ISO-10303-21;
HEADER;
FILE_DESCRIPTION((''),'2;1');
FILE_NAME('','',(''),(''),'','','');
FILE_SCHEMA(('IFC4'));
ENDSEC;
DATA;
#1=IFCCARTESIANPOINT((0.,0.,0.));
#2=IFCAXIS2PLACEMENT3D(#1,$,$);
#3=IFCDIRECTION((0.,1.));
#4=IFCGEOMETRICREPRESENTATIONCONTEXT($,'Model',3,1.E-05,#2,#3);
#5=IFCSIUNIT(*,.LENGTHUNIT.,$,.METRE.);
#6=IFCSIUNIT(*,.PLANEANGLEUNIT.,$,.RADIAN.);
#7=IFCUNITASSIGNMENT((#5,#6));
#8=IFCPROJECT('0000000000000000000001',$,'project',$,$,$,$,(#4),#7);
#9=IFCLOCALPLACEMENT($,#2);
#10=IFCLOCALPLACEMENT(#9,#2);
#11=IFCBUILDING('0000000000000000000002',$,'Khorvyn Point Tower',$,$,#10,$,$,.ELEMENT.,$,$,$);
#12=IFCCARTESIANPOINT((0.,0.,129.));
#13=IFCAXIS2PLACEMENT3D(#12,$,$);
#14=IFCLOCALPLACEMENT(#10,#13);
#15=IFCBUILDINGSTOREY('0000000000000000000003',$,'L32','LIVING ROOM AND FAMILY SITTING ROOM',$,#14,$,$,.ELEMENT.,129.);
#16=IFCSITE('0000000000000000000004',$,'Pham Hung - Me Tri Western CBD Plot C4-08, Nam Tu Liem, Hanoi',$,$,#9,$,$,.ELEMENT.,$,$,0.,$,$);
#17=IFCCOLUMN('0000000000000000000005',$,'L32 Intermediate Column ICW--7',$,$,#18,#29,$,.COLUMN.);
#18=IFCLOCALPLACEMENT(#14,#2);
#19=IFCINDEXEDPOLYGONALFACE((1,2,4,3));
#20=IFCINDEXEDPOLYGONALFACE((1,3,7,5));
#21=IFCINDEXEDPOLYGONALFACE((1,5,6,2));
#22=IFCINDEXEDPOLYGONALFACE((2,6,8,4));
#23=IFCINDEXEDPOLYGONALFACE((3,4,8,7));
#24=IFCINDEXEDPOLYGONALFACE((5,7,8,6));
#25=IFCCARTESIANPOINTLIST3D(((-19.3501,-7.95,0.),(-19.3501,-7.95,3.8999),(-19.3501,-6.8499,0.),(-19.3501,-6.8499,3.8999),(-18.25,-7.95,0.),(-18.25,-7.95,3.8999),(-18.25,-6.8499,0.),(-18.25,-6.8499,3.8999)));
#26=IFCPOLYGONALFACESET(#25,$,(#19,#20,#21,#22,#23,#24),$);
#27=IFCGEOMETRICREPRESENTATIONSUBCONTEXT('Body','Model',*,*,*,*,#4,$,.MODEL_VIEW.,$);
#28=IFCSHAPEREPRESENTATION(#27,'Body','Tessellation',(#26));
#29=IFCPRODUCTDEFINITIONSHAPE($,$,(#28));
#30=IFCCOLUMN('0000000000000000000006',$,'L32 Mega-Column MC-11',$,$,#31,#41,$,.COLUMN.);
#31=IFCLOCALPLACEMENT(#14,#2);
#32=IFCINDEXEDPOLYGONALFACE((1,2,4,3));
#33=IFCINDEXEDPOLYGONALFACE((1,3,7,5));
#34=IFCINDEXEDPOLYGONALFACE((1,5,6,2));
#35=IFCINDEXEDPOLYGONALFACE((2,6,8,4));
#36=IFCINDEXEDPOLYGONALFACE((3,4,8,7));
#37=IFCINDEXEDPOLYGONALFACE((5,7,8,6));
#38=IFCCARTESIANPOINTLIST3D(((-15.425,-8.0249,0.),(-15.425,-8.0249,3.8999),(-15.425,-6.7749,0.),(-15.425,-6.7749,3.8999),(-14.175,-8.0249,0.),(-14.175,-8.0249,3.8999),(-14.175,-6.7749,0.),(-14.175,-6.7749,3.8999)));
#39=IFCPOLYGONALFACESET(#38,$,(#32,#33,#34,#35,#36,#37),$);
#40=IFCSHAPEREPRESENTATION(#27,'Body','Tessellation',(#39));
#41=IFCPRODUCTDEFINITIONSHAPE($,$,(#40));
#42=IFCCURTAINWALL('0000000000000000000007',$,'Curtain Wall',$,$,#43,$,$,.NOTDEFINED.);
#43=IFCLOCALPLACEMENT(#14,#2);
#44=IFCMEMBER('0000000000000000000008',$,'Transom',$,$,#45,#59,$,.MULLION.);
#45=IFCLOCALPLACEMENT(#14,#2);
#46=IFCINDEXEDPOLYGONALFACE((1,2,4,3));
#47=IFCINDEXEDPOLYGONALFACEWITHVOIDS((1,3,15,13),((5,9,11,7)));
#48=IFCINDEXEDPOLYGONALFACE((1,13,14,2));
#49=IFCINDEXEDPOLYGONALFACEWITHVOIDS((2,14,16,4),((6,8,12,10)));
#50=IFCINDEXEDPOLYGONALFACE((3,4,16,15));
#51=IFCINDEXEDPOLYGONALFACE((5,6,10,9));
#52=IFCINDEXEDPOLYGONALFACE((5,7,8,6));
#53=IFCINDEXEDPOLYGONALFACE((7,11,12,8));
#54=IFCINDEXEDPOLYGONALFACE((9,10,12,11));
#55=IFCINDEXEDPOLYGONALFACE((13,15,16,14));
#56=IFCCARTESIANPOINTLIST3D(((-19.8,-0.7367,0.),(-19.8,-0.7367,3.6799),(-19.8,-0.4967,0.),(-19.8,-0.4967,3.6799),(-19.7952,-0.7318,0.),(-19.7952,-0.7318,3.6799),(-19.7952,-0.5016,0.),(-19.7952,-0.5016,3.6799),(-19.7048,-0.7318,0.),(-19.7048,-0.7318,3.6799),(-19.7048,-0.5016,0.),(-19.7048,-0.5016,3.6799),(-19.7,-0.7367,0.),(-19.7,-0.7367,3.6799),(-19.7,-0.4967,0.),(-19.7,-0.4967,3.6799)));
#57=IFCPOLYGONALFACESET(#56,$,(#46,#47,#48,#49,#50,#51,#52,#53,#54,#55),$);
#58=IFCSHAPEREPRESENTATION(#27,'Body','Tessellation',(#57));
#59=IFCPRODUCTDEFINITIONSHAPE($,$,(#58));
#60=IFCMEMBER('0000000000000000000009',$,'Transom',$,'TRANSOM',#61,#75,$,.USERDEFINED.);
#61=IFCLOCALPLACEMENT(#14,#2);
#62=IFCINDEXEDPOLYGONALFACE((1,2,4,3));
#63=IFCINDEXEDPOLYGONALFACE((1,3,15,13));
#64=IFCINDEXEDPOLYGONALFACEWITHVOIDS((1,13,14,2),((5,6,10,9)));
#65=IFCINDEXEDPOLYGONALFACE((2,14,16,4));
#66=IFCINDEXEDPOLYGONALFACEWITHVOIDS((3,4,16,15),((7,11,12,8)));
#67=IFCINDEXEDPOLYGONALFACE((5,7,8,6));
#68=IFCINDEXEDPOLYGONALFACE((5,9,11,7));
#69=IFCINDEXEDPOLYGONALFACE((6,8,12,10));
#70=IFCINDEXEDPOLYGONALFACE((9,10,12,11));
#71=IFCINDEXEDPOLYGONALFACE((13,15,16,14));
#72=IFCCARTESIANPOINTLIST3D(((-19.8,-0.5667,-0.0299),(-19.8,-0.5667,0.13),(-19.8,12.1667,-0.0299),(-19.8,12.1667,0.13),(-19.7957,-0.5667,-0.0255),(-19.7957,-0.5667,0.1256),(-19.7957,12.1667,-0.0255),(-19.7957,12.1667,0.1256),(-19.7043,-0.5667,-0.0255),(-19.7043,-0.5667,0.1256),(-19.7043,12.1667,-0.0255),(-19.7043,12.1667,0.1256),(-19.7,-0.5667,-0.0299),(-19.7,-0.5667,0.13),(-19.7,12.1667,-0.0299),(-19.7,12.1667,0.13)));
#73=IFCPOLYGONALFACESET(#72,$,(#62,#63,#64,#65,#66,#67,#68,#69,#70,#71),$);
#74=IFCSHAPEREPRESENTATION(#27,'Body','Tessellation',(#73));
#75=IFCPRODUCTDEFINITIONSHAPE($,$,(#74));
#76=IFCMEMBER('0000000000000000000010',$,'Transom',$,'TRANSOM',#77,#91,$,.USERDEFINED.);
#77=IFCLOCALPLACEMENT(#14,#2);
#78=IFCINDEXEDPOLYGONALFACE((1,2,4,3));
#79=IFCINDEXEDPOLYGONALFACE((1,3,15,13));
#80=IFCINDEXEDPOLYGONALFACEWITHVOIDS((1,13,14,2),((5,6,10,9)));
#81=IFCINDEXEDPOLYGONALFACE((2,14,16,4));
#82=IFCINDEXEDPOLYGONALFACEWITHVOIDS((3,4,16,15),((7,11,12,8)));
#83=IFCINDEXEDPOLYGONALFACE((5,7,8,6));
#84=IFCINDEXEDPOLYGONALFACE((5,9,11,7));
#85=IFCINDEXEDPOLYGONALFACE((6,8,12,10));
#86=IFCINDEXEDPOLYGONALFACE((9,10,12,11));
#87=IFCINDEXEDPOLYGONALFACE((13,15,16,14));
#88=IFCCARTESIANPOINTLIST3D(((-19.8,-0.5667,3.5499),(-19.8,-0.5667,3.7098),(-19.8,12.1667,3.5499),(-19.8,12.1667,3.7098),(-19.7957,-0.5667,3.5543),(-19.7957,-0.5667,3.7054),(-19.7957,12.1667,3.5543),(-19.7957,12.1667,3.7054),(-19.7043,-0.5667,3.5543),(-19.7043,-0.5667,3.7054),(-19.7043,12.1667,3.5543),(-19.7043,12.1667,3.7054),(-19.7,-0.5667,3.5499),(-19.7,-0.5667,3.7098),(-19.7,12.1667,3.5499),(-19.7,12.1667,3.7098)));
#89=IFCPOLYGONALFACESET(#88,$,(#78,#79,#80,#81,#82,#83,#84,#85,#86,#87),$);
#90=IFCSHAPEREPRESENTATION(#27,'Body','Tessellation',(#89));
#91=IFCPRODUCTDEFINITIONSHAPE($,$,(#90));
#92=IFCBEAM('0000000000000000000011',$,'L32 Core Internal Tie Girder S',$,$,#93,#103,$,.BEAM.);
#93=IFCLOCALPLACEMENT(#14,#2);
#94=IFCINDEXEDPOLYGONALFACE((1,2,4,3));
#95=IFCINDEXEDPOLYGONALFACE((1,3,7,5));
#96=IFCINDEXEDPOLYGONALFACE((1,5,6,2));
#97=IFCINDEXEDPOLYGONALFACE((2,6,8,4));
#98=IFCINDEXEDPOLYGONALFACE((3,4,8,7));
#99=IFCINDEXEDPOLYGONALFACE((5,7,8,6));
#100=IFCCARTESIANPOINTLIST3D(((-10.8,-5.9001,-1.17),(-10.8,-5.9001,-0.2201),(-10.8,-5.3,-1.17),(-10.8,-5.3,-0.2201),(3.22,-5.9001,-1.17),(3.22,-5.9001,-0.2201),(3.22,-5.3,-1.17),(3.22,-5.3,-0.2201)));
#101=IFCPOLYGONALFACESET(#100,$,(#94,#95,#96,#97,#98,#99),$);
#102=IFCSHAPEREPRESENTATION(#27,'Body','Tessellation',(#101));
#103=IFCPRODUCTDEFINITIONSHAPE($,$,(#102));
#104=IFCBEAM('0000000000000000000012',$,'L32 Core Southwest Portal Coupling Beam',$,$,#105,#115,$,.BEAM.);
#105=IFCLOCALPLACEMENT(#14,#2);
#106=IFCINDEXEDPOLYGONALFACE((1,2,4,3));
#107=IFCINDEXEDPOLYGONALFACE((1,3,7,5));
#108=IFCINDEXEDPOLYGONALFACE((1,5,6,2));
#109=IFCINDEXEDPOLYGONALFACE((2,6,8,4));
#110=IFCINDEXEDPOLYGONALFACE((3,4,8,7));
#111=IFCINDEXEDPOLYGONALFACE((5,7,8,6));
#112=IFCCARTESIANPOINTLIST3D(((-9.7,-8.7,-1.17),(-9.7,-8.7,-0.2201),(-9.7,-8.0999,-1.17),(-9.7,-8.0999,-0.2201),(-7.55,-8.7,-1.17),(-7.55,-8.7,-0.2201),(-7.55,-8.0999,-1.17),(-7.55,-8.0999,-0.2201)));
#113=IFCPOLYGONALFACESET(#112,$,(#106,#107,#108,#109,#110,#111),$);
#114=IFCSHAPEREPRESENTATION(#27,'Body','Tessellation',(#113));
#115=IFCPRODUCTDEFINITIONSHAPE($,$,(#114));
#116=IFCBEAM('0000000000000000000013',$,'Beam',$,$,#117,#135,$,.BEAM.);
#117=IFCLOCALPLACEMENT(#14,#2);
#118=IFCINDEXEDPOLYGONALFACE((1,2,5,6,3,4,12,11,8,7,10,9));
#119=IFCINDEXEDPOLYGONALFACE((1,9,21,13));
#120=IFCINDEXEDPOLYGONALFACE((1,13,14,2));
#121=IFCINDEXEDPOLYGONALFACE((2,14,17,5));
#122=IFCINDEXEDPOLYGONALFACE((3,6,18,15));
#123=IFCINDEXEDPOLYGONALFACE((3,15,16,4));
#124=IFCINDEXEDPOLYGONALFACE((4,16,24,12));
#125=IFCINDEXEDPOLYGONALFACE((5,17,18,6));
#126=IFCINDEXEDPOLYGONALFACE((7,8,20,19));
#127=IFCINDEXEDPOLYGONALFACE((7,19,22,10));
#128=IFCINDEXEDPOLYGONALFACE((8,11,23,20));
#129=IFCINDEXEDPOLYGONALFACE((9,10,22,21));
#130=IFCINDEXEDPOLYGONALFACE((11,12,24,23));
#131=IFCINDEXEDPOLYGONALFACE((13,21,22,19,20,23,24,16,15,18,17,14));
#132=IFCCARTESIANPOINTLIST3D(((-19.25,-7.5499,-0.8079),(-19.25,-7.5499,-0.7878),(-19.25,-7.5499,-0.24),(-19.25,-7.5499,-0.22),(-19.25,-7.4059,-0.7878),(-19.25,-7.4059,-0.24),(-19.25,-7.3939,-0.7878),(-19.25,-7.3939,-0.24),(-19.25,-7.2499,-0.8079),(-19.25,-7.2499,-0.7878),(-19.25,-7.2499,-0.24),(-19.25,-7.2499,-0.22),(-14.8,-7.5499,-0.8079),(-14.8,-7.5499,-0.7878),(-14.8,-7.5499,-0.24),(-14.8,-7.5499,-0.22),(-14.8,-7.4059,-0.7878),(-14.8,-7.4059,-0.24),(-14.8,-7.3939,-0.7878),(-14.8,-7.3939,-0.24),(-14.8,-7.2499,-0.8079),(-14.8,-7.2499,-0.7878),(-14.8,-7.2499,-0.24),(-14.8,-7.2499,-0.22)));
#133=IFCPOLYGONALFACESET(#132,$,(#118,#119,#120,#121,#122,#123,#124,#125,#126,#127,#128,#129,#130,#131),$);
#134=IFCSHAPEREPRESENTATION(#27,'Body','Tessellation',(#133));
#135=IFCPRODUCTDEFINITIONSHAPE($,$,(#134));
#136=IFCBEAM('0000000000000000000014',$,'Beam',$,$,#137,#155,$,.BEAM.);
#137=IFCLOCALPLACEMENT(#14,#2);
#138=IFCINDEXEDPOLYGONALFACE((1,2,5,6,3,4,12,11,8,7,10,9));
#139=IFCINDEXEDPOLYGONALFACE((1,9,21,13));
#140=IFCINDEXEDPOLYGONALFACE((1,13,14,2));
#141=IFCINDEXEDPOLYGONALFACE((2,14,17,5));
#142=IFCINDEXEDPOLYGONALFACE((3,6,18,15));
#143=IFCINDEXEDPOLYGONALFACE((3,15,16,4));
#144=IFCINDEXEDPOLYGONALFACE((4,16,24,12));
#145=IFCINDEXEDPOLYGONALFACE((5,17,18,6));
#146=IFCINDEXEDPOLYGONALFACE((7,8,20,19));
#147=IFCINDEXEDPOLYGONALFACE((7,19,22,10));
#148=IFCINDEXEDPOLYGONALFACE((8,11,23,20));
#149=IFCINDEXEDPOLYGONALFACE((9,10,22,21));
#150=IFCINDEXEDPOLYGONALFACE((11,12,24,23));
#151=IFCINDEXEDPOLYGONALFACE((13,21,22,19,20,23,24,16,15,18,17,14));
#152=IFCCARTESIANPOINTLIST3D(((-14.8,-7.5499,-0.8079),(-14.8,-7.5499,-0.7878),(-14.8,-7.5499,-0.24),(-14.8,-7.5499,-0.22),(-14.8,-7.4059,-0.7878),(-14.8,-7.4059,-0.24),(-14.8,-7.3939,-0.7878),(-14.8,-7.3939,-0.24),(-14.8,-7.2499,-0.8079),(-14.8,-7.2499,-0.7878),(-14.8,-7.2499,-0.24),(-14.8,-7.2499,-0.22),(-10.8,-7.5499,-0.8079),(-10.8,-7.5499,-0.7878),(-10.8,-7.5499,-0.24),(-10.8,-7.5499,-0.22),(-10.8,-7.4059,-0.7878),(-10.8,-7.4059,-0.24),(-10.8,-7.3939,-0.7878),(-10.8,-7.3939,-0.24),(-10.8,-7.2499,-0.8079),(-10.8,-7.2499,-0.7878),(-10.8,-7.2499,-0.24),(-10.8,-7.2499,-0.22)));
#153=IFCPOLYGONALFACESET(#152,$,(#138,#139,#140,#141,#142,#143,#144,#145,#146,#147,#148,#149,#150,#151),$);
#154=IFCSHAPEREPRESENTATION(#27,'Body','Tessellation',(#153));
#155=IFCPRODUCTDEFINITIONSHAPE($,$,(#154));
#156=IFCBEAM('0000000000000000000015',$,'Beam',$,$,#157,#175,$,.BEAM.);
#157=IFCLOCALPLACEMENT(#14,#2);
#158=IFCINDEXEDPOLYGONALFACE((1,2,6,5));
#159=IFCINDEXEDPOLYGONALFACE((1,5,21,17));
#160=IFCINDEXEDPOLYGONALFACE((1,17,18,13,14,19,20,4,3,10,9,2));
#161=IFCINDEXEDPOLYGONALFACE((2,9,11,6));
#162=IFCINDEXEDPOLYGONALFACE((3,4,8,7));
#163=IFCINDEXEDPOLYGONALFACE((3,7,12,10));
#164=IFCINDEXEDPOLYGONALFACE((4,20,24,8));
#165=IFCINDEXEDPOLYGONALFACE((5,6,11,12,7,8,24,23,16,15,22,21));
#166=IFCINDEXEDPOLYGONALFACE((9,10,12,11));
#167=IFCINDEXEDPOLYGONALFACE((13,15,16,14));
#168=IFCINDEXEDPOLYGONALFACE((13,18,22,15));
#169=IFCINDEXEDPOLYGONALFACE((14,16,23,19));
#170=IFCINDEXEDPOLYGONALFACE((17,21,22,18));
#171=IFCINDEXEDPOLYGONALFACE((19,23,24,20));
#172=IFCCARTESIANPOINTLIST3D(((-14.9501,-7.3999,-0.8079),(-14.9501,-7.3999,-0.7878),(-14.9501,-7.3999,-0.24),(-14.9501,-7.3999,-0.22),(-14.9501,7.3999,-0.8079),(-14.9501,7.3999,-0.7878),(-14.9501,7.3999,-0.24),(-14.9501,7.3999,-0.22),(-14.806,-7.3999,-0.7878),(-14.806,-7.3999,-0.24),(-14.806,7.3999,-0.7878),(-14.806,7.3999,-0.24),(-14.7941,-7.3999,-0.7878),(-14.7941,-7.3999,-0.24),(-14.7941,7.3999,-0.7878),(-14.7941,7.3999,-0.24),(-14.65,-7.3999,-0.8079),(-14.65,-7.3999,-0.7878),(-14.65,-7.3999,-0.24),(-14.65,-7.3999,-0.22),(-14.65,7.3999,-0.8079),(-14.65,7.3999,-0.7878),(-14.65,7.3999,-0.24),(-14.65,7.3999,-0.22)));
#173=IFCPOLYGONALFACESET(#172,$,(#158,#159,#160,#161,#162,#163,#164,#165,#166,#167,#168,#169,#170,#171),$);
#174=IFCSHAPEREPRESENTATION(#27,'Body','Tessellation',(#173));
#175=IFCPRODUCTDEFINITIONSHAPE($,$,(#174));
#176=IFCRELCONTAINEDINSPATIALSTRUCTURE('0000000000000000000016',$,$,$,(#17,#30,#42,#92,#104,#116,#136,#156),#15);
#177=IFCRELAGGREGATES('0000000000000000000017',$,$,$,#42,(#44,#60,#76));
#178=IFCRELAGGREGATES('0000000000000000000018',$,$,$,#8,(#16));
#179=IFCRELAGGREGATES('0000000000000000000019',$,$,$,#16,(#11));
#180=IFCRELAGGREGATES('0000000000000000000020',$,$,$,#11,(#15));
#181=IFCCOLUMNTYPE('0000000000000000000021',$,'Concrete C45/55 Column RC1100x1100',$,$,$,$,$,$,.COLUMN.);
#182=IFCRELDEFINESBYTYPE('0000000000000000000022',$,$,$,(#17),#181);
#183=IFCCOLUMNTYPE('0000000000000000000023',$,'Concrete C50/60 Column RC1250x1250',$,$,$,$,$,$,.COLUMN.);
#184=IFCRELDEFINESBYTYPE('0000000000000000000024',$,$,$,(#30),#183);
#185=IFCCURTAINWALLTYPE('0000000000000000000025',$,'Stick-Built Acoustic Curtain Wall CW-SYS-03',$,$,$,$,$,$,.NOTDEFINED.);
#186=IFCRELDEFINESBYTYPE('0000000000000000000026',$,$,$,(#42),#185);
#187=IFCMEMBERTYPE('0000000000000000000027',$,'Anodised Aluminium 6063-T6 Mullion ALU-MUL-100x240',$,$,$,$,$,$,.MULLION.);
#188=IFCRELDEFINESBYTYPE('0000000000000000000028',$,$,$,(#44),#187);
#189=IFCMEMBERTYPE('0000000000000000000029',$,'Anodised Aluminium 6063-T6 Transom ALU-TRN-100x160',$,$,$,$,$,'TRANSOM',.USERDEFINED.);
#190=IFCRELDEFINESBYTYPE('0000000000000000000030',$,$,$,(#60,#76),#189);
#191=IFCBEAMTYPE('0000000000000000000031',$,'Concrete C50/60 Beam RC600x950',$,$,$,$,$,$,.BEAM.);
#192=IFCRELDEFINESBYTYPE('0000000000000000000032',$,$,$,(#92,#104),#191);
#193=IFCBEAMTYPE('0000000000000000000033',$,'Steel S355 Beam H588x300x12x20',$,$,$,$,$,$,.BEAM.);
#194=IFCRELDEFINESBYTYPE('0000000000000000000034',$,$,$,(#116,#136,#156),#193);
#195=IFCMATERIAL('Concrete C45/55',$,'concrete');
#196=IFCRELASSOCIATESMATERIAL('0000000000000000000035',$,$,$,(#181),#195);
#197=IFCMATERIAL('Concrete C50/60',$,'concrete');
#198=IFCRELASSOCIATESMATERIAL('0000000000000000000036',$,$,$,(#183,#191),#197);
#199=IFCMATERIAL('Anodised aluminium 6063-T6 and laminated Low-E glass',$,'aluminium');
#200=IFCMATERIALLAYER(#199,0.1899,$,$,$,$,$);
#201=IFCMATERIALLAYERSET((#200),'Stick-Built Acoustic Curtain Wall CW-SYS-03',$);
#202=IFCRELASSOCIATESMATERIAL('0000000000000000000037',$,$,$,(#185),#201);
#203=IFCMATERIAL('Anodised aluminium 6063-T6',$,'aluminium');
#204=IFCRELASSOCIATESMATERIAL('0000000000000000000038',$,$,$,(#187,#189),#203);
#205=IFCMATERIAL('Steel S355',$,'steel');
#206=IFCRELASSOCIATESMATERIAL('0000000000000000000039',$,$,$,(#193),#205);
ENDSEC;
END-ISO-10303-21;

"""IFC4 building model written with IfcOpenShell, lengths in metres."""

from ifc_helpers import new_model, si_unit, direction, frame, origin, origin_2d, place, context, subcontext, project, spatial, rectangle, hollow_rectangle, i_section, extrude, material, layer, layer_set, material_profile, profile_set, type_object, element, aggregate, save


model = new_model("IFC4")

# Units and contexts
model_context = context("Model", 3, precision=1e-05, world=origin(), true_north=direction((0.0, 1.0)))
body_context = subcontext(model_context, "Body", "Model", "MODEL_VIEW")
ifc_project = project(units=[si_unit("LENGTHUNIT", "METRE"), si_unit("PLANEANGLEUNIT", "RADIAN")], contexts=[model_context])

# Site, building, storey
site_placement = place(None, origin())
site = spatial("IfcSite", under=ifc_project, at=site_placement, Name="Pham Hung - Me Tri Western CBD Plot C4-08, Nam Tu Liem, Hanoi", CompositionType="ELEMENT", RefElevation=0.0)
building_placement = place(site_placement, origin())
building = spatial("IfcBuilding", under=site, at=building_placement, Name="Khorvyn Point Tower", CompositionType="ELEMENT")
storey_placement = place(building_placement, frame((0.0, 0.0, 129.0)))
storey = spatial("IfcBuildingStorey", under=building, at=storey_placement, Name="L32", Description="LIVING ROOM AND FAMILY SITTING ROOM", CompositionType="ELEMENT", Elevation=129.0)

# Columns
ifc_material_1 = material(Name="Concrete C45/55", Category="concrete")
ifc_material_profile_1 = material_profile(ifc_material_1, rectangle(XDim=1.1001, YDim=1.1001, at=origin_2d()))
ifc_profile_set_1 = profile_set([ifc_material_profile_1], Name="Concrete C45/55 RC1100x1100")
column_type_1 = type_object("IfcColumnType", Name="Concrete C45/55 Column RC1100x1100", PredefinedType="COLUMN", material=ifc_profile_set_1)
column_1_placement = place(storey_placement, frame((-18.8, -7.3999, 0.0), z_axis=(0.0, 0.0, 1.0), x_axis=(1.0, 0.0, 0.0)))
element("IfcColumn", 1, at=column_1_placement, inside=storey, type_object=column_type_1, Name="L32 Intermediate Column ICW--7", PredefinedType="COLUMN", context=body_context, shape_type="SweptSolid", body=[
    extrude(rectangle(XDim=1.1001, YDim=1.1001, at=origin_2d()), origin(), (0.0, 0.0, 1.0), 3.8999),
])
ifc_material_2 = material(Name="Concrete C50/60", Category="concrete")
ifc_material_profile_2 = material_profile(ifc_material_2, rectangle(XDim=1.25, YDim=1.25, at=origin_2d()))
ifc_profile_set_2 = profile_set([ifc_material_profile_2], Name="Concrete C50/60 RC1250x1250")
column_type_2 = type_object("IfcColumnType", Name="Concrete C50/60 Column RC1250x1250", PredefinedType="COLUMN", material=ifc_profile_set_2)
column_2_placement = place(storey_placement, frame((-14.8, -7.3999, 0.0), z_axis=(0.0, 0.0, 1.0), x_axis=(1.0, 0.0, 0.0)))
element("IfcColumn", 2, at=column_2_placement, inside=storey, type_object=column_type_2, Name="L32 Mega-Column MC-11", PredefinedType="COLUMN", context=body_context, shape_type="SweptSolid", body=[
    extrude(rectangle(XDim=1.25, YDim=1.25, at=origin_2d()), origin(), (0.0, 0.0, 1.0), 3.8999),
])

# Curtain wall, members
ifc_material_3 = material(Name="Anodised aluminium 6063-T6 and laminated Low-E glass", Category="aluminium")
ifc_layer_1 = layer(ifc_material_3, 0.1899)
ifc_layer_set_1 = layer_set([ifc_layer_1], Name="Stick-Built Acoustic Curtain Wall CW-SYS-03")
curtain_wall_type = type_object("IfcCurtainWallType", Name="Stick-Built Acoustic Curtain Wall CW-SYS-03", PredefinedType="NOTDEFINED", material=ifc_layer_set_1)
curtain_wall_placement = place(storey_placement, origin())
curtain_wall = element("IfcCurtainWall", 3, at=curtain_wall_placement, inside=storey, type_object=curtain_wall_type, Name="Curtain Wall", PredefinedType="NOTDEFINED")
ifc_material_4 = material(Name="Anodised aluminium 6063-T6", Category="aluminium")
ifc_material_profile_3 = material_profile(ifc_material_4, hollow_rectangle(XDim=0.1001, YDim=0.24, WallThickness=0.0049, at=origin_2d()))
ifc_profile_set_3 = profile_set([ifc_material_profile_3], Name="Anodised aluminium 6063-T6 ALU-MUL-100x240")
member_type_1 = type_object("IfcMemberType", Name="Anodised Aluminium 6063-T6 Mullion ALU-MUL-100x240", PredefinedType="MULLION", material=ifc_profile_set_3)
member_1_placement = place(storey_placement, frame((-19.75, -0.6167, 0.0), z_axis=(0.0, 0.0, 1.0), x_axis=(-1.0, 0.0, 0.0)))
member_1 = element("IfcMember", 4, at=member_1_placement, type_object=member_type_1, Name="Transom", PredefinedType="MULLION", context=body_context, shape_type="SweptSolid", body=[
    extrude(hollow_rectangle(XDim=0.1001, YDim=0.24, WallThickness=0.0049, at=origin_2d()), origin(), (0.0, 0.0, 1.0), 3.6799),
])
ifc_material_profile_4 = material_profile(ifc_material_4, hollow_rectangle(XDim=0.1001, YDim=0.1599, WallThickness=0.0044, at=origin_2d()))
ifc_profile_set_4 = profile_set([ifc_material_profile_4], Name="Anodised aluminium 6063-T6 ALU-TRN-100x160")
member_type_2 = type_object("IfcMemberType", Name="Anodised Aluminium 6063-T6 Transom ALU-TRN-100x160", ElementType="TRANSOM", PredefinedType="USERDEFINED", material=ifc_profile_set_4)
member_2_placement = place(storey_placement, frame((-19.75, -0.5667, 0.05), z_axis=(0.0, 1.0, 0.0), x_axis=(-1.0, 0.0, 0.0)))
member_2 = element("IfcMember", 5, at=member_2_placement, type_object=member_type_2, Name="Transom", ObjectType="TRANSOM", PredefinedType="USERDEFINED", context=body_context, shape_type="SweptSolid", body=[
    extrude(hollow_rectangle(XDim=0.1001, YDim=0.1599, WallThickness=0.0044, at=origin_2d()), origin(), (0.0, 0.0, 1.0), 12.7334),
])
member_3_placement = place(storey_placement, frame((-19.75, -0.5667, 3.6299), z_axis=(0.0, 1.0, 0.0), x_axis=(-1.0, 0.0, 0.0)))
member_3 = element("IfcMember", 6, at=member_3_placement, type_object=member_type_2, Name="Transom", ObjectType="TRANSOM", PredefinedType="USERDEFINED", context=body_context, shape_type="SweptSolid", body=[
    extrude(hollow_rectangle(XDim=0.1001, YDim=0.1599, WallThickness=0.0044, at=origin_2d()), origin(), (0.0, 0.0, 1.0), 12.7334),
])

# Beams
ifc_material_profile_5 = material_profile(ifc_material_2, rectangle(XDim=0.6001, YDim=0.95, at=origin_2d()))
ifc_profile_set_5 = profile_set([ifc_material_profile_5], Name="Concrete C50/60 RC600x950")
beam_type_1 = type_object("IfcBeamType", Name="Concrete C50/60 Beam RC600x950", PredefinedType="BEAM", material=ifc_profile_set_5)
beam_1_placement = place(storey_placement, frame((-10.8, -5.6001, -0.6951), z_axis=(1.0, 0.0, 0.0), x_axis=(0.0, 1.0, 0.0)))
element("IfcBeam", 7, at=beam_1_placement, inside=storey, type_object=beam_type_1, Name="L32 Core Internal Tie Girder S", PredefinedType="BEAM", context=body_context, shape_type="SweptSolid", body=[
    extrude(rectangle(XDim=0.6001, YDim=0.95, at=origin_2d()), origin(), (0.0, 0.0, 1.0), 14.02),
])
beam_2_placement = place(storey_placement, frame((-9.7, -8.3999, -0.6951), z_axis=(1.0, 0.0, 0.0), x_axis=(0.0, 1.0, 0.0)))
element("IfcBeam", 8, at=beam_2_placement, inside=storey, type_object=beam_type_1, Name="L32 Core Southwest Portal Coupling Beam", PredefinedType="BEAM", context=body_context, shape_type="SweptSolid", body=[
    extrude(rectangle(XDim=0.6001, YDim=0.95, at=origin_2d()), origin(), (0.0, 0.0, 1.0), 2.1499),
])
ifc_material_5 = material(Name="Steel S355", Category="steel")
ifc_material_profile_6 = material_profile(ifc_material_5, i_section(OverallWidth=0.3, OverallDepth=0.5879, WebThickness=0.012, FlangeThickness=0.02, at=origin_2d()))
ifc_profile_set_6 = profile_set([ifc_material_profile_6], Name="Steel S355 H588x300x12x20")
beam_type_2 = type_object("IfcBeamType", Name="Steel S355 Beam H588x300x12x20", PredefinedType="BEAM", material=ifc_profile_set_6)
beam_3_placement = place(storey_placement, frame((-19.25, -7.3999, -0.5139), z_axis=(1.0, 0.0, 0.0), x_axis=(0.0, 1.0, 0.0)))
element("IfcBeam", 9, at=beam_3_placement, inside=storey, type_object=beam_type_2, Name="Beam", PredefinedType="BEAM", context=body_context, shape_type="SweptSolid", body=[
    extrude(i_section(OverallWidth=0.3, OverallDepth=0.5879, WebThickness=0.012, FlangeThickness=0.02, at=origin_2d()), origin(), (0.0, 0.0, 1.0), 4.45),
])
beam_4_placement = place(storey_placement, frame((-14.8, -7.3999, -0.5139), z_axis=(1.0, 0.0, 0.0), x_axis=(0.0, 1.0, 0.0)))
element("IfcBeam", 10, at=beam_4_placement, inside=storey, type_object=beam_type_2, Name="Beam", PredefinedType="BEAM", context=body_context, shape_type="SweptSolid", body=[
    extrude(i_section(OverallWidth=0.3, OverallDepth=0.5879, WebThickness=0.012, FlangeThickness=0.02, at=origin_2d()), origin(), (0.0, 0.0, 1.0), 4.0),
])
for number, where, z_axis, x_axis, name in (
    (11, (-14.8, -7.3999, -0.5139), (0.0, 1.0, 0.0), (-1.0, 0.0, 0.0), "Beam"),
):
    element("IfcBeam", number, at=place(storey_placement, frame(where, z_axis=z_axis, x_axis=x_axis)), inside=storey, type_object=beam_type_2, Name=name, PredefinedType="BEAM", context=body_context, shape_type="SweptSolid", body=[
        extrude(i_section(OverallWidth=0.3, OverallDepth=0.5879, WebThickness=0.012, FlangeThickness=0.02, at=origin_2d()), origin(), (0.0, 0.0, 1.0), 14.7998),
    ])

aggregate(curtain_wall, [member_1, member_2, member_3])

save(model, "model.ifc")
